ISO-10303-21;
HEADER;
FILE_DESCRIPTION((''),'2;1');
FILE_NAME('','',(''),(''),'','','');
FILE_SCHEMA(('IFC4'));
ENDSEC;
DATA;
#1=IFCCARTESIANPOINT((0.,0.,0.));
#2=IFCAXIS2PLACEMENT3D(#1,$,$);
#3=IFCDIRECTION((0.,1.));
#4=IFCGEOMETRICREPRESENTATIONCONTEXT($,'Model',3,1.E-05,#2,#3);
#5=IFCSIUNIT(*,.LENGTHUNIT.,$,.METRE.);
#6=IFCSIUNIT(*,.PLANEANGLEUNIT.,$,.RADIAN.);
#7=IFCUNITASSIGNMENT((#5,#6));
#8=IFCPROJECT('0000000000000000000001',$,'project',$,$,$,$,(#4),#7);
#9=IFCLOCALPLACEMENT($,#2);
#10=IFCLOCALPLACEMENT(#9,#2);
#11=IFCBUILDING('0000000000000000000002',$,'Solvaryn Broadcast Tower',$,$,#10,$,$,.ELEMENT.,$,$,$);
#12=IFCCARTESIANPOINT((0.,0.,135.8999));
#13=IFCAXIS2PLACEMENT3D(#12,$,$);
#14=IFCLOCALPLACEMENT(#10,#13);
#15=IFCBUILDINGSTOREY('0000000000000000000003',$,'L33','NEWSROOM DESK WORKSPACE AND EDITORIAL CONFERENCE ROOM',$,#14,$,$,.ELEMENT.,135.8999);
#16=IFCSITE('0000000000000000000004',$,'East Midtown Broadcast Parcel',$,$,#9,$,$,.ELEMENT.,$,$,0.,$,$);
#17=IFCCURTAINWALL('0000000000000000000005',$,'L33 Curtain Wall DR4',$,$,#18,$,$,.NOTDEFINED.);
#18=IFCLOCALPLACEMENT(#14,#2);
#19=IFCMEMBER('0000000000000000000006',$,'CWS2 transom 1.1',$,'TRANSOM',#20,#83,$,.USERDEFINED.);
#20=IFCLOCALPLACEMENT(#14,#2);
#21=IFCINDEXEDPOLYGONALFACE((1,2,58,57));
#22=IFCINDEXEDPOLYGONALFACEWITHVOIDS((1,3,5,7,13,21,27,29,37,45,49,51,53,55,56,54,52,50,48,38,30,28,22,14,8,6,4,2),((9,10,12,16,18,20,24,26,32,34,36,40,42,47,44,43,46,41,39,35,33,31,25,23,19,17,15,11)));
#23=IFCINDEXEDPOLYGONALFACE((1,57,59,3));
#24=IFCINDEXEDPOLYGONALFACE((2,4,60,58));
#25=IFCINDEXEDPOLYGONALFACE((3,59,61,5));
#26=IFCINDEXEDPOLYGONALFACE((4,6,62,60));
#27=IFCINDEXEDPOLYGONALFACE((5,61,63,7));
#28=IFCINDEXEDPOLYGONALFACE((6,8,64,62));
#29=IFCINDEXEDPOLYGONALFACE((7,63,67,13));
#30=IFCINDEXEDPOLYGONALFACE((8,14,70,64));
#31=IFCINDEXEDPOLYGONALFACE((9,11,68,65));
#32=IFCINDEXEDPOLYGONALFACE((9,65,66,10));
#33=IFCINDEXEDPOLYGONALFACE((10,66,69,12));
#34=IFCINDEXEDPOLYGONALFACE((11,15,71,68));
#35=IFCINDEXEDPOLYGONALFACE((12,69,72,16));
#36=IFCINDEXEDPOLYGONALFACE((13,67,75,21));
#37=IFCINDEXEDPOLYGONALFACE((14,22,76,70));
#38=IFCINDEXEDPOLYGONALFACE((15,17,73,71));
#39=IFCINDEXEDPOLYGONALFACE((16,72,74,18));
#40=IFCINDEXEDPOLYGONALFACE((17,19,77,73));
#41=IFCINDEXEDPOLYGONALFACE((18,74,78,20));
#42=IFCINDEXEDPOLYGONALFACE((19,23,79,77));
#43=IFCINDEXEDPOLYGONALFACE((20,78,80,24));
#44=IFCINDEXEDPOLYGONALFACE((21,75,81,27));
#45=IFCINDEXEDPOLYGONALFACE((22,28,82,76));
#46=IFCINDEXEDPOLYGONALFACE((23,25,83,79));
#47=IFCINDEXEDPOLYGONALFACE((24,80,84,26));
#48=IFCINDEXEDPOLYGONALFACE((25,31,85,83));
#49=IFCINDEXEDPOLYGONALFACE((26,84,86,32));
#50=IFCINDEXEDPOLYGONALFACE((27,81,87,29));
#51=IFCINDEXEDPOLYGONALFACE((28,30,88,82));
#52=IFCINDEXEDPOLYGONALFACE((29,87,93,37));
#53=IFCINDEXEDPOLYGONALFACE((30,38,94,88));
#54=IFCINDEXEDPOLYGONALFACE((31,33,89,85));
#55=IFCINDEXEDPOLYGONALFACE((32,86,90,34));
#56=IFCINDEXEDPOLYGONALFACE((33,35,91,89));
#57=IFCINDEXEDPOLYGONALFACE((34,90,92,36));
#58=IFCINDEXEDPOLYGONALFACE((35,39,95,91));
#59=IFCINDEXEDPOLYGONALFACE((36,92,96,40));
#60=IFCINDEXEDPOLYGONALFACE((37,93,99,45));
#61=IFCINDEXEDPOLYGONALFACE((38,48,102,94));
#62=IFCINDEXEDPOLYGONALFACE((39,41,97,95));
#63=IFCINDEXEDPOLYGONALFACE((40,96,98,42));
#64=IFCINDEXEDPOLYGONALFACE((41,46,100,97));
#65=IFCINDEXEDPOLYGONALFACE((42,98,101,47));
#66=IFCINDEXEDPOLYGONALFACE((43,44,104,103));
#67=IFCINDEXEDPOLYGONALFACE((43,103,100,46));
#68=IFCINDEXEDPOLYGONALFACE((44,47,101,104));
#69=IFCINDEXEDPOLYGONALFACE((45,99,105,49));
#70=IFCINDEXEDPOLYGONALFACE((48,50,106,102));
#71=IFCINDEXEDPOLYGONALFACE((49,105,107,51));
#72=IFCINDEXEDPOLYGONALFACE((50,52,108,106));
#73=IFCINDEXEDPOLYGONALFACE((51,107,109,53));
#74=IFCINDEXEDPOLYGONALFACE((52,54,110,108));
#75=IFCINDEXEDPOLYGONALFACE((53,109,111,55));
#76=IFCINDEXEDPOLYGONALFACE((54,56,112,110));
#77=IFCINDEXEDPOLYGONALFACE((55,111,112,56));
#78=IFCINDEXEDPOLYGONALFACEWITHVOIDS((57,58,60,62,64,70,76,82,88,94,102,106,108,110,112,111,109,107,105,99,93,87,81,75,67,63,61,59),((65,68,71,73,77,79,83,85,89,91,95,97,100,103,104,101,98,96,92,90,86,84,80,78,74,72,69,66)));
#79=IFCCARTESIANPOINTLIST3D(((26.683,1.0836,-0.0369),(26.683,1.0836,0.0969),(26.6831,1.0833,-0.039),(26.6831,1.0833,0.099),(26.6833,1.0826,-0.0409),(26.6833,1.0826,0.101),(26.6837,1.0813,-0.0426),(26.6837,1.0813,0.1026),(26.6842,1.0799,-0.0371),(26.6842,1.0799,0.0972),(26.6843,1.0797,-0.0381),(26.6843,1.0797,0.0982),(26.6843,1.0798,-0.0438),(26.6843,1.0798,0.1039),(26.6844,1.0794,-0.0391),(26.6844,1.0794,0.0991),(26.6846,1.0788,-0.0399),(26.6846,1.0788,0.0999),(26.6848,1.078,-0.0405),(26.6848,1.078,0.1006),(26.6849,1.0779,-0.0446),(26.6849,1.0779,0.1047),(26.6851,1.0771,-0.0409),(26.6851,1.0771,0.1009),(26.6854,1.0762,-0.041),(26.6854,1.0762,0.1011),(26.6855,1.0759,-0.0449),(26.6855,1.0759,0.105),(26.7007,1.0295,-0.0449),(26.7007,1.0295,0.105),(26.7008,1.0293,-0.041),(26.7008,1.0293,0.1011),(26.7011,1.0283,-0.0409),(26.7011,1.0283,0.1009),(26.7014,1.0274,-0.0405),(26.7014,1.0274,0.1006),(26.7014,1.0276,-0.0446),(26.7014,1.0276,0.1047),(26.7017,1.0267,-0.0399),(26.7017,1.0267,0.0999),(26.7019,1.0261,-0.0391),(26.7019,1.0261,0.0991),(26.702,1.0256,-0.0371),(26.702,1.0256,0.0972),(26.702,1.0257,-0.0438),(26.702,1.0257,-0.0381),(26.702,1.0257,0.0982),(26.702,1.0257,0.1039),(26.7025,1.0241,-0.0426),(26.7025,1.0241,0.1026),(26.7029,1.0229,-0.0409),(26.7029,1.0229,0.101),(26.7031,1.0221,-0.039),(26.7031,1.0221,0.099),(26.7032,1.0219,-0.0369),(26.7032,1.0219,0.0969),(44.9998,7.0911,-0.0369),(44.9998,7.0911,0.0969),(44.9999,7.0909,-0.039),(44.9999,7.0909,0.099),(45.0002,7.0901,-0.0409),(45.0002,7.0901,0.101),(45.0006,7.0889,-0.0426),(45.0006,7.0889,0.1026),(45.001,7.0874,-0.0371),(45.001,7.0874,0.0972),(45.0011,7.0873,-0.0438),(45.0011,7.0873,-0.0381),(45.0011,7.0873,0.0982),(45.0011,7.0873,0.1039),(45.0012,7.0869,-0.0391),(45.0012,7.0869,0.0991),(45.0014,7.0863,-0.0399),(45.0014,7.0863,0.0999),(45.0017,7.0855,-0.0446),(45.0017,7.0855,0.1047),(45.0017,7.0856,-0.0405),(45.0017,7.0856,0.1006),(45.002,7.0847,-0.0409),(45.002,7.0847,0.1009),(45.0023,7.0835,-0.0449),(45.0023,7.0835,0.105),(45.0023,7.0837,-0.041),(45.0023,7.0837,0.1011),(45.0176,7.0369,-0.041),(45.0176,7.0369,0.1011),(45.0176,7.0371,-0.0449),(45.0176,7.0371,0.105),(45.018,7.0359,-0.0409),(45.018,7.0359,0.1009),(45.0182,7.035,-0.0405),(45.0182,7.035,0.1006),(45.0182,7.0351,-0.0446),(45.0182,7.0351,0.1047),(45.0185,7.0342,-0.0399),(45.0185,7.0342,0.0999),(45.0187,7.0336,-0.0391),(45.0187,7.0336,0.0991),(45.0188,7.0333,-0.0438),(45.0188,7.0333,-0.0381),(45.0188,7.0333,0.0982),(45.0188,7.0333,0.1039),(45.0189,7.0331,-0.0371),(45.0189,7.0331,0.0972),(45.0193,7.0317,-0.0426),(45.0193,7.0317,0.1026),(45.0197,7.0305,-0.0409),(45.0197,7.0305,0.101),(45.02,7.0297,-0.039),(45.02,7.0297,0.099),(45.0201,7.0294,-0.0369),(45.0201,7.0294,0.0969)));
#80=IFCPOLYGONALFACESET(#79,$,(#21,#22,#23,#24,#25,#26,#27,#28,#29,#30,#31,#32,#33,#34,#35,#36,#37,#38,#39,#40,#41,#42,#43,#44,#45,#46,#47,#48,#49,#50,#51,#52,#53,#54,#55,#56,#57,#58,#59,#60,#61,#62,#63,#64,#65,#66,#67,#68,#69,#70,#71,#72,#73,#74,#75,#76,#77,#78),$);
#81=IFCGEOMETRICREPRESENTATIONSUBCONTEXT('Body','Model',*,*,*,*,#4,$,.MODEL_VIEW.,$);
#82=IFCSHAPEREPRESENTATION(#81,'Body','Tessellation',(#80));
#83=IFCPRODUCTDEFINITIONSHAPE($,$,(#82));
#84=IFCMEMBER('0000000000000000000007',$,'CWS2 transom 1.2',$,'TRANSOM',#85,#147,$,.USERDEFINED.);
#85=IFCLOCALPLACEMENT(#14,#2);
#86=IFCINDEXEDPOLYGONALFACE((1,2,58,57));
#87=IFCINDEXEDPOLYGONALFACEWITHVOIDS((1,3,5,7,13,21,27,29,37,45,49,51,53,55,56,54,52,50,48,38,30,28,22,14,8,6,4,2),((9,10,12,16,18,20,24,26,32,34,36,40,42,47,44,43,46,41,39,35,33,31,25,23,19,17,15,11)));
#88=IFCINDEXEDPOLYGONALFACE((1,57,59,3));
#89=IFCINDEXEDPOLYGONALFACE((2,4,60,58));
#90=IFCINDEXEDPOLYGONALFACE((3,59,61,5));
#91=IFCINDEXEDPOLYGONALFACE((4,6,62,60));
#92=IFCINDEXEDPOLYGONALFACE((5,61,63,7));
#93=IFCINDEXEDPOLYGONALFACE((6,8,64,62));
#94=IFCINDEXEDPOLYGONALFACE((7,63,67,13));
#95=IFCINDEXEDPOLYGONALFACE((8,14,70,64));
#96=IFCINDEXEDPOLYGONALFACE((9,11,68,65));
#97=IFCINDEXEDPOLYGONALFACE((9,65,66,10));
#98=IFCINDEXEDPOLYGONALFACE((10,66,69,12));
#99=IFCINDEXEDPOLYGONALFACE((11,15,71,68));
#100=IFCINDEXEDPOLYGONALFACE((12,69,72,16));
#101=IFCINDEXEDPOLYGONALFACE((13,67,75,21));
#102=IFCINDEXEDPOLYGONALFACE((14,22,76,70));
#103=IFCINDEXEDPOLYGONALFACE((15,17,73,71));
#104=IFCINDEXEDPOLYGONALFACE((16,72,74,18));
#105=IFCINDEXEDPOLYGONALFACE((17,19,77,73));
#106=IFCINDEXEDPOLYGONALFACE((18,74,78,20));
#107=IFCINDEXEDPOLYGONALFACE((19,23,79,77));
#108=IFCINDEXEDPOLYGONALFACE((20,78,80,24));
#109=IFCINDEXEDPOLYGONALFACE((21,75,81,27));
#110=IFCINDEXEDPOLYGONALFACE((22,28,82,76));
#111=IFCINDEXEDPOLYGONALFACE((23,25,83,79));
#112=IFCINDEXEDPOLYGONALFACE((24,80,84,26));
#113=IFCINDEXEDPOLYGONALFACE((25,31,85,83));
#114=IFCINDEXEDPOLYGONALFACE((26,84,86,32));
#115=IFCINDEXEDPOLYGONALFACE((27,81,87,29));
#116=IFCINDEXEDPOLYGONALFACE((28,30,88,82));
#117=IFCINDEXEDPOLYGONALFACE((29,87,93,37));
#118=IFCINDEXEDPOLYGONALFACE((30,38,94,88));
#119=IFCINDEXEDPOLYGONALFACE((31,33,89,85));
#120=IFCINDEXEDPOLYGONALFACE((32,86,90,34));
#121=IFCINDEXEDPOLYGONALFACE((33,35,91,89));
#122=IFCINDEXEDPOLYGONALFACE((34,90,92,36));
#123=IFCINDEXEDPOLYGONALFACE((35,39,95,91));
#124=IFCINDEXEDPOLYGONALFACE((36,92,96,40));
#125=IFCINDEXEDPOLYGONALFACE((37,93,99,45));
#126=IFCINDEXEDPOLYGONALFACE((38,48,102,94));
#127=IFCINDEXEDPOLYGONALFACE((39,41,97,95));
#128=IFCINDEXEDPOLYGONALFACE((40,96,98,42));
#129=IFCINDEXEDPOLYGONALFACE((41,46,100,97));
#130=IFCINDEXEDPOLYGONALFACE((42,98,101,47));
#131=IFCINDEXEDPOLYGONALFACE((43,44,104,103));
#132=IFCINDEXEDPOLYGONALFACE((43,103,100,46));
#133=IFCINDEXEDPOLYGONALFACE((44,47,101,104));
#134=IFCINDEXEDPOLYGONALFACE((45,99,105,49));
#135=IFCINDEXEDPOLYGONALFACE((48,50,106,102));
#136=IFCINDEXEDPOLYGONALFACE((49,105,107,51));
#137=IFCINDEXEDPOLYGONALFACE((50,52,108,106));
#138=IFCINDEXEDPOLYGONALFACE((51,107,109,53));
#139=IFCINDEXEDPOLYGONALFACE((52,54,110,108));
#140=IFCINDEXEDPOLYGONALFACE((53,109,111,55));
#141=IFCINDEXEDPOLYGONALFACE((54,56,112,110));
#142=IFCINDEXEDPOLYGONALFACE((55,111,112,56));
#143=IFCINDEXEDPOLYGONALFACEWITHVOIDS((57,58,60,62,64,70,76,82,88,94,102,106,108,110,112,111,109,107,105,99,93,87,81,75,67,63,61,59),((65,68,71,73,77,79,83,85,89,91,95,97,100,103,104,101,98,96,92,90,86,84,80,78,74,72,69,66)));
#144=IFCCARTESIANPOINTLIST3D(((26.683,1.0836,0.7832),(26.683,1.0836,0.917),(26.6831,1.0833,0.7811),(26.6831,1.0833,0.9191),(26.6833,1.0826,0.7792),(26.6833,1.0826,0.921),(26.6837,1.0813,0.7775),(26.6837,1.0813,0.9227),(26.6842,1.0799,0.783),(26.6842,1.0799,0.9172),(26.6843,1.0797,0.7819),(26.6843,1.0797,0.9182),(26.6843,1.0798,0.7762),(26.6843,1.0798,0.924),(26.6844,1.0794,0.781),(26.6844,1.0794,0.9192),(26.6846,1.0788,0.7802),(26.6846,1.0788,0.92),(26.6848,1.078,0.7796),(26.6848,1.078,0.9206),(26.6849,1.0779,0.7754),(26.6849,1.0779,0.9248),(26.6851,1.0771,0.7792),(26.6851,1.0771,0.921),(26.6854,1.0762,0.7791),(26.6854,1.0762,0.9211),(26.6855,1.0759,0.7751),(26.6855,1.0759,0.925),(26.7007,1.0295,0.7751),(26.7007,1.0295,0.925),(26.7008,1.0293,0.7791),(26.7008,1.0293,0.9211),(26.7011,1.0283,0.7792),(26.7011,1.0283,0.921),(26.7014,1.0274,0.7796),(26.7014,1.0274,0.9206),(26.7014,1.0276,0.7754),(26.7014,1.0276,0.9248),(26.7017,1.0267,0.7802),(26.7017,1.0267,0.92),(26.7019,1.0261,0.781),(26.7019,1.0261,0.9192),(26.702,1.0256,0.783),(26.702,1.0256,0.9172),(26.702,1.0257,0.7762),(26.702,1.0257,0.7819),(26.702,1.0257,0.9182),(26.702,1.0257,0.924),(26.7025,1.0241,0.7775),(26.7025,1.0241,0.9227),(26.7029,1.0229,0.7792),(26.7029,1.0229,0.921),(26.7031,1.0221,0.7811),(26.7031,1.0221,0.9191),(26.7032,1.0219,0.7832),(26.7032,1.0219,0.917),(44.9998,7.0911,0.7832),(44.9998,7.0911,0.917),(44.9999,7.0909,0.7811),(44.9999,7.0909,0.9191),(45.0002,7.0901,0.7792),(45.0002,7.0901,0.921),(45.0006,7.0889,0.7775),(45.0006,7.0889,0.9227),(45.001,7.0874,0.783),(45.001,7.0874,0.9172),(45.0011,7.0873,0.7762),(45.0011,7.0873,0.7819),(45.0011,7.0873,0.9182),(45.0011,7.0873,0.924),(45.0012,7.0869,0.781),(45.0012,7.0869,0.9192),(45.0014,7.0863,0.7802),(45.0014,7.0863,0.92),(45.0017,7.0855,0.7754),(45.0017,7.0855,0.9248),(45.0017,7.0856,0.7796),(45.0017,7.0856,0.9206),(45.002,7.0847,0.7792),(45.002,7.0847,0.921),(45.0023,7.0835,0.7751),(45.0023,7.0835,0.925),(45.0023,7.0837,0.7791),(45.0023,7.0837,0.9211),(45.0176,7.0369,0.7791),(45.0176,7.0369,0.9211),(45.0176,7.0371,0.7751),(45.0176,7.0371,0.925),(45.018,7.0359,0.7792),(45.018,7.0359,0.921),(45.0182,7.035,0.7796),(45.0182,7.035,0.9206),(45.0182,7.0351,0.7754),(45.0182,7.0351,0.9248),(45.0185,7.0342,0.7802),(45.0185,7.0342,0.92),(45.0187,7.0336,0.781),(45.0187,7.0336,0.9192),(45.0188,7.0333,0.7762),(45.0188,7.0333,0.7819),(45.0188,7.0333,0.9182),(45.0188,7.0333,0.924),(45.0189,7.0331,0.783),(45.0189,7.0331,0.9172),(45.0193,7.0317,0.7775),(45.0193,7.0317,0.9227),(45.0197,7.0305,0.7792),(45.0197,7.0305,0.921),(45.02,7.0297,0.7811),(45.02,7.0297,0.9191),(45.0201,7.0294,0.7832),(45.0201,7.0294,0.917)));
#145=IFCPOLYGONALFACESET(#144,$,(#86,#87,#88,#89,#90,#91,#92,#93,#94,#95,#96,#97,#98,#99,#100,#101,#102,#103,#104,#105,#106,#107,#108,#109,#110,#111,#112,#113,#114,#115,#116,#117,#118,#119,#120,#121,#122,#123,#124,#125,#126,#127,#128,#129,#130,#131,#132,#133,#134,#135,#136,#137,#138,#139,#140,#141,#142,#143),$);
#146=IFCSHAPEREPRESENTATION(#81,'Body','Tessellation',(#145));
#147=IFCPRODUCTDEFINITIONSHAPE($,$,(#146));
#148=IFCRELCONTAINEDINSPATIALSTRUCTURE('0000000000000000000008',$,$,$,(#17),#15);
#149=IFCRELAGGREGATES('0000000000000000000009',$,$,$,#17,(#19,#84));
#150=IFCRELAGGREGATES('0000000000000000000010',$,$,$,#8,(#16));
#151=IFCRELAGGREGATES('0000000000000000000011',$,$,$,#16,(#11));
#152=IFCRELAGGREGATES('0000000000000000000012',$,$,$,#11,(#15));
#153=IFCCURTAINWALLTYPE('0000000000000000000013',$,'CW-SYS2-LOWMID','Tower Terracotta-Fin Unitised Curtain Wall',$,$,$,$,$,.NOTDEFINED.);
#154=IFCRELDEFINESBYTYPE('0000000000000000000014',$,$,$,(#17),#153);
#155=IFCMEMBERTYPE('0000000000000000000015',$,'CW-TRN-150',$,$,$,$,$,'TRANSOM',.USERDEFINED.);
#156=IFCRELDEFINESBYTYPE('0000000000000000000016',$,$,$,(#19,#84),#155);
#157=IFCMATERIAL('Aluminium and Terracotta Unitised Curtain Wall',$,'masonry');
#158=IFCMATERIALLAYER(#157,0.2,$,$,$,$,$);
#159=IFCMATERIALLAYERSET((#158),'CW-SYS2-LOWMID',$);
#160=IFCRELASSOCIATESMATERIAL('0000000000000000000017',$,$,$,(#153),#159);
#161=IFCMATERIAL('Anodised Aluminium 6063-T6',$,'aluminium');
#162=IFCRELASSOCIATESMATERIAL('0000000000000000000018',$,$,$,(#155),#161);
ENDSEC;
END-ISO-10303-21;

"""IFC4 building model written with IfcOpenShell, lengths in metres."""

from ifc_helpers import new_model, si_unit, direction, frame, origin, origin_2d, place, context, subcontext, project, spatial, hollow_rectangle, extrude, material, layer, layer_set, material_profile, profile_set, type_object, element, aggregate, save


model = new_model("IFC4")

# Units and contexts
model_context = context("Model", 3, precision=1e-05, world=origin(), true_north=direction((0.0, 1.0)))
body_context = subcontext(model_context, "Body", "Model", "MODEL_VIEW")
ifc_project = project(units=[si_unit("LENGTHUNIT", "METRE"), si_unit("PLANEANGLEUNIT", "RADIAN")], contexts=[model_context])

# Site, building, storey
site_placement = place(None, origin())
site = spatial("IfcSite", under=ifc_project, at=site_placement, Name="East Midtown Broadcast Parcel", CompositionType="ELEMENT", RefElevation=0.0)
building_placement = place(site_placement, origin())
building = spatial("IfcBuilding", under=site, at=building_placement, Name="Solvaryn Broadcast Tower", CompositionType="ELEMENT")
storey_placement = place(building_placement, frame((0.0, 0.0, 135.8999)))
storey = spatial("IfcBuildingStorey", under=building, at=storey_placement, Name="L33", Description="NEWSROOM DESK WORKSPACE AND EDITORIAL CONFERENCE ROOM", CompositionType="ELEMENT", Elevation=135.8999)

# Shared definitions
ifc_material_1 = material(Name="Aluminium and Terracotta Unitised Curtain Wall", Category="masonry")
ifc_layer_1 = layer(ifc_material_1, 0.2)
ifc_layer_set_1 = layer_set([ifc_layer_1], Name="CW-SYS2-LOWMID")
curtain_wall_type = type_object("IfcCurtainWallType", Name="CW-SYS2-LOWMID", Description="Tower Terracotta-Fin Unitised Curtain Wall", PredefinedType="NOTDEFINED", material=ifc_layer_set_1)

# Curtain wall, members
curtain_wall_1_placement = place(storey_placement, origin())
curtain_wall_1 = element("IfcCurtainWall", 1, at=curtain_wall_1_placement, inside=storey, type_object=curtain_wall_type, Name="L33 Curtain Wall DR4", PredefinedType="NOTDEFINED")
ifc_material_2 = material(Name="Anodised Aluminium 6063-T6", Category="aluminium")
ifc_material_profile_1 = material_profile(ifc_material_2, hollow_rectangle(XDim=0.0649, YDim=0.1499, WallThickness=0.0039, InnerFilletRadius=0.0039, OuterFilletRadius=0.0081, at=origin_2d()))
ifc_profile_set_1 = profile_set([ifc_material_profile_1], Name="Anodised Aluminium 6063-T6")
member_type_1 = type_object("IfcMemberType", Name="CW-TRN-150", ElementType="TRANSOM", PredefinedType="USERDEFINED", material=ifc_profile_set_1)
member_1_placement = place(storey_placement, frame((26.6931, 1.0527, 0.03), z_axis=(0.950198, 0.311646, 0.0), x_axis=(-0.311646, 0.950198, 0.0)))
member_1 = element("IfcMember", 2, at=member_1_placement, type_object=member_type_1, Name="CWS2 transom 1.1", ObjectType="TRANSOM", PredefinedType="USERDEFINED", context=body_context, shape_type="SweptSolid", body=[
    extrude(hollow_rectangle(XDim=0.0649, YDim=0.1499, WallThickness=0.0039, InnerFilletRadius=0.0039, OuterFilletRadius=0.0081, at=origin_2d()), origin(), (0.0, 0.0, 1.0), 19.2769),
])
member_2_placement = place(storey_placement, frame((26.6931, 1.0527, 0.8501), z_axis=(0.950198, 0.311646, 0.0), x_axis=(-0.311646, 0.950198, 0.0)))
member_2 = element("IfcMember", 3, at=member_2_placement, type_object=member_type_1, Name="CWS2 transom 1.2", ObjectType="TRANSOM", PredefinedType="USERDEFINED", context=body_context, shape_type="SweptSolid", body=[
    extrude(hollow_rectangle(XDim=0.0649, YDim=0.1499, WallThickness=0.0039, InnerFilletRadius=0.0039, OuterFilletRadius=0.0081, at=origin_2d()), origin(), (0.0, 0.0, 1.0), 19.2769),
])
aggregate(curtain_wall_1, [member_1, member_2])

save(model, "model.ifc")
